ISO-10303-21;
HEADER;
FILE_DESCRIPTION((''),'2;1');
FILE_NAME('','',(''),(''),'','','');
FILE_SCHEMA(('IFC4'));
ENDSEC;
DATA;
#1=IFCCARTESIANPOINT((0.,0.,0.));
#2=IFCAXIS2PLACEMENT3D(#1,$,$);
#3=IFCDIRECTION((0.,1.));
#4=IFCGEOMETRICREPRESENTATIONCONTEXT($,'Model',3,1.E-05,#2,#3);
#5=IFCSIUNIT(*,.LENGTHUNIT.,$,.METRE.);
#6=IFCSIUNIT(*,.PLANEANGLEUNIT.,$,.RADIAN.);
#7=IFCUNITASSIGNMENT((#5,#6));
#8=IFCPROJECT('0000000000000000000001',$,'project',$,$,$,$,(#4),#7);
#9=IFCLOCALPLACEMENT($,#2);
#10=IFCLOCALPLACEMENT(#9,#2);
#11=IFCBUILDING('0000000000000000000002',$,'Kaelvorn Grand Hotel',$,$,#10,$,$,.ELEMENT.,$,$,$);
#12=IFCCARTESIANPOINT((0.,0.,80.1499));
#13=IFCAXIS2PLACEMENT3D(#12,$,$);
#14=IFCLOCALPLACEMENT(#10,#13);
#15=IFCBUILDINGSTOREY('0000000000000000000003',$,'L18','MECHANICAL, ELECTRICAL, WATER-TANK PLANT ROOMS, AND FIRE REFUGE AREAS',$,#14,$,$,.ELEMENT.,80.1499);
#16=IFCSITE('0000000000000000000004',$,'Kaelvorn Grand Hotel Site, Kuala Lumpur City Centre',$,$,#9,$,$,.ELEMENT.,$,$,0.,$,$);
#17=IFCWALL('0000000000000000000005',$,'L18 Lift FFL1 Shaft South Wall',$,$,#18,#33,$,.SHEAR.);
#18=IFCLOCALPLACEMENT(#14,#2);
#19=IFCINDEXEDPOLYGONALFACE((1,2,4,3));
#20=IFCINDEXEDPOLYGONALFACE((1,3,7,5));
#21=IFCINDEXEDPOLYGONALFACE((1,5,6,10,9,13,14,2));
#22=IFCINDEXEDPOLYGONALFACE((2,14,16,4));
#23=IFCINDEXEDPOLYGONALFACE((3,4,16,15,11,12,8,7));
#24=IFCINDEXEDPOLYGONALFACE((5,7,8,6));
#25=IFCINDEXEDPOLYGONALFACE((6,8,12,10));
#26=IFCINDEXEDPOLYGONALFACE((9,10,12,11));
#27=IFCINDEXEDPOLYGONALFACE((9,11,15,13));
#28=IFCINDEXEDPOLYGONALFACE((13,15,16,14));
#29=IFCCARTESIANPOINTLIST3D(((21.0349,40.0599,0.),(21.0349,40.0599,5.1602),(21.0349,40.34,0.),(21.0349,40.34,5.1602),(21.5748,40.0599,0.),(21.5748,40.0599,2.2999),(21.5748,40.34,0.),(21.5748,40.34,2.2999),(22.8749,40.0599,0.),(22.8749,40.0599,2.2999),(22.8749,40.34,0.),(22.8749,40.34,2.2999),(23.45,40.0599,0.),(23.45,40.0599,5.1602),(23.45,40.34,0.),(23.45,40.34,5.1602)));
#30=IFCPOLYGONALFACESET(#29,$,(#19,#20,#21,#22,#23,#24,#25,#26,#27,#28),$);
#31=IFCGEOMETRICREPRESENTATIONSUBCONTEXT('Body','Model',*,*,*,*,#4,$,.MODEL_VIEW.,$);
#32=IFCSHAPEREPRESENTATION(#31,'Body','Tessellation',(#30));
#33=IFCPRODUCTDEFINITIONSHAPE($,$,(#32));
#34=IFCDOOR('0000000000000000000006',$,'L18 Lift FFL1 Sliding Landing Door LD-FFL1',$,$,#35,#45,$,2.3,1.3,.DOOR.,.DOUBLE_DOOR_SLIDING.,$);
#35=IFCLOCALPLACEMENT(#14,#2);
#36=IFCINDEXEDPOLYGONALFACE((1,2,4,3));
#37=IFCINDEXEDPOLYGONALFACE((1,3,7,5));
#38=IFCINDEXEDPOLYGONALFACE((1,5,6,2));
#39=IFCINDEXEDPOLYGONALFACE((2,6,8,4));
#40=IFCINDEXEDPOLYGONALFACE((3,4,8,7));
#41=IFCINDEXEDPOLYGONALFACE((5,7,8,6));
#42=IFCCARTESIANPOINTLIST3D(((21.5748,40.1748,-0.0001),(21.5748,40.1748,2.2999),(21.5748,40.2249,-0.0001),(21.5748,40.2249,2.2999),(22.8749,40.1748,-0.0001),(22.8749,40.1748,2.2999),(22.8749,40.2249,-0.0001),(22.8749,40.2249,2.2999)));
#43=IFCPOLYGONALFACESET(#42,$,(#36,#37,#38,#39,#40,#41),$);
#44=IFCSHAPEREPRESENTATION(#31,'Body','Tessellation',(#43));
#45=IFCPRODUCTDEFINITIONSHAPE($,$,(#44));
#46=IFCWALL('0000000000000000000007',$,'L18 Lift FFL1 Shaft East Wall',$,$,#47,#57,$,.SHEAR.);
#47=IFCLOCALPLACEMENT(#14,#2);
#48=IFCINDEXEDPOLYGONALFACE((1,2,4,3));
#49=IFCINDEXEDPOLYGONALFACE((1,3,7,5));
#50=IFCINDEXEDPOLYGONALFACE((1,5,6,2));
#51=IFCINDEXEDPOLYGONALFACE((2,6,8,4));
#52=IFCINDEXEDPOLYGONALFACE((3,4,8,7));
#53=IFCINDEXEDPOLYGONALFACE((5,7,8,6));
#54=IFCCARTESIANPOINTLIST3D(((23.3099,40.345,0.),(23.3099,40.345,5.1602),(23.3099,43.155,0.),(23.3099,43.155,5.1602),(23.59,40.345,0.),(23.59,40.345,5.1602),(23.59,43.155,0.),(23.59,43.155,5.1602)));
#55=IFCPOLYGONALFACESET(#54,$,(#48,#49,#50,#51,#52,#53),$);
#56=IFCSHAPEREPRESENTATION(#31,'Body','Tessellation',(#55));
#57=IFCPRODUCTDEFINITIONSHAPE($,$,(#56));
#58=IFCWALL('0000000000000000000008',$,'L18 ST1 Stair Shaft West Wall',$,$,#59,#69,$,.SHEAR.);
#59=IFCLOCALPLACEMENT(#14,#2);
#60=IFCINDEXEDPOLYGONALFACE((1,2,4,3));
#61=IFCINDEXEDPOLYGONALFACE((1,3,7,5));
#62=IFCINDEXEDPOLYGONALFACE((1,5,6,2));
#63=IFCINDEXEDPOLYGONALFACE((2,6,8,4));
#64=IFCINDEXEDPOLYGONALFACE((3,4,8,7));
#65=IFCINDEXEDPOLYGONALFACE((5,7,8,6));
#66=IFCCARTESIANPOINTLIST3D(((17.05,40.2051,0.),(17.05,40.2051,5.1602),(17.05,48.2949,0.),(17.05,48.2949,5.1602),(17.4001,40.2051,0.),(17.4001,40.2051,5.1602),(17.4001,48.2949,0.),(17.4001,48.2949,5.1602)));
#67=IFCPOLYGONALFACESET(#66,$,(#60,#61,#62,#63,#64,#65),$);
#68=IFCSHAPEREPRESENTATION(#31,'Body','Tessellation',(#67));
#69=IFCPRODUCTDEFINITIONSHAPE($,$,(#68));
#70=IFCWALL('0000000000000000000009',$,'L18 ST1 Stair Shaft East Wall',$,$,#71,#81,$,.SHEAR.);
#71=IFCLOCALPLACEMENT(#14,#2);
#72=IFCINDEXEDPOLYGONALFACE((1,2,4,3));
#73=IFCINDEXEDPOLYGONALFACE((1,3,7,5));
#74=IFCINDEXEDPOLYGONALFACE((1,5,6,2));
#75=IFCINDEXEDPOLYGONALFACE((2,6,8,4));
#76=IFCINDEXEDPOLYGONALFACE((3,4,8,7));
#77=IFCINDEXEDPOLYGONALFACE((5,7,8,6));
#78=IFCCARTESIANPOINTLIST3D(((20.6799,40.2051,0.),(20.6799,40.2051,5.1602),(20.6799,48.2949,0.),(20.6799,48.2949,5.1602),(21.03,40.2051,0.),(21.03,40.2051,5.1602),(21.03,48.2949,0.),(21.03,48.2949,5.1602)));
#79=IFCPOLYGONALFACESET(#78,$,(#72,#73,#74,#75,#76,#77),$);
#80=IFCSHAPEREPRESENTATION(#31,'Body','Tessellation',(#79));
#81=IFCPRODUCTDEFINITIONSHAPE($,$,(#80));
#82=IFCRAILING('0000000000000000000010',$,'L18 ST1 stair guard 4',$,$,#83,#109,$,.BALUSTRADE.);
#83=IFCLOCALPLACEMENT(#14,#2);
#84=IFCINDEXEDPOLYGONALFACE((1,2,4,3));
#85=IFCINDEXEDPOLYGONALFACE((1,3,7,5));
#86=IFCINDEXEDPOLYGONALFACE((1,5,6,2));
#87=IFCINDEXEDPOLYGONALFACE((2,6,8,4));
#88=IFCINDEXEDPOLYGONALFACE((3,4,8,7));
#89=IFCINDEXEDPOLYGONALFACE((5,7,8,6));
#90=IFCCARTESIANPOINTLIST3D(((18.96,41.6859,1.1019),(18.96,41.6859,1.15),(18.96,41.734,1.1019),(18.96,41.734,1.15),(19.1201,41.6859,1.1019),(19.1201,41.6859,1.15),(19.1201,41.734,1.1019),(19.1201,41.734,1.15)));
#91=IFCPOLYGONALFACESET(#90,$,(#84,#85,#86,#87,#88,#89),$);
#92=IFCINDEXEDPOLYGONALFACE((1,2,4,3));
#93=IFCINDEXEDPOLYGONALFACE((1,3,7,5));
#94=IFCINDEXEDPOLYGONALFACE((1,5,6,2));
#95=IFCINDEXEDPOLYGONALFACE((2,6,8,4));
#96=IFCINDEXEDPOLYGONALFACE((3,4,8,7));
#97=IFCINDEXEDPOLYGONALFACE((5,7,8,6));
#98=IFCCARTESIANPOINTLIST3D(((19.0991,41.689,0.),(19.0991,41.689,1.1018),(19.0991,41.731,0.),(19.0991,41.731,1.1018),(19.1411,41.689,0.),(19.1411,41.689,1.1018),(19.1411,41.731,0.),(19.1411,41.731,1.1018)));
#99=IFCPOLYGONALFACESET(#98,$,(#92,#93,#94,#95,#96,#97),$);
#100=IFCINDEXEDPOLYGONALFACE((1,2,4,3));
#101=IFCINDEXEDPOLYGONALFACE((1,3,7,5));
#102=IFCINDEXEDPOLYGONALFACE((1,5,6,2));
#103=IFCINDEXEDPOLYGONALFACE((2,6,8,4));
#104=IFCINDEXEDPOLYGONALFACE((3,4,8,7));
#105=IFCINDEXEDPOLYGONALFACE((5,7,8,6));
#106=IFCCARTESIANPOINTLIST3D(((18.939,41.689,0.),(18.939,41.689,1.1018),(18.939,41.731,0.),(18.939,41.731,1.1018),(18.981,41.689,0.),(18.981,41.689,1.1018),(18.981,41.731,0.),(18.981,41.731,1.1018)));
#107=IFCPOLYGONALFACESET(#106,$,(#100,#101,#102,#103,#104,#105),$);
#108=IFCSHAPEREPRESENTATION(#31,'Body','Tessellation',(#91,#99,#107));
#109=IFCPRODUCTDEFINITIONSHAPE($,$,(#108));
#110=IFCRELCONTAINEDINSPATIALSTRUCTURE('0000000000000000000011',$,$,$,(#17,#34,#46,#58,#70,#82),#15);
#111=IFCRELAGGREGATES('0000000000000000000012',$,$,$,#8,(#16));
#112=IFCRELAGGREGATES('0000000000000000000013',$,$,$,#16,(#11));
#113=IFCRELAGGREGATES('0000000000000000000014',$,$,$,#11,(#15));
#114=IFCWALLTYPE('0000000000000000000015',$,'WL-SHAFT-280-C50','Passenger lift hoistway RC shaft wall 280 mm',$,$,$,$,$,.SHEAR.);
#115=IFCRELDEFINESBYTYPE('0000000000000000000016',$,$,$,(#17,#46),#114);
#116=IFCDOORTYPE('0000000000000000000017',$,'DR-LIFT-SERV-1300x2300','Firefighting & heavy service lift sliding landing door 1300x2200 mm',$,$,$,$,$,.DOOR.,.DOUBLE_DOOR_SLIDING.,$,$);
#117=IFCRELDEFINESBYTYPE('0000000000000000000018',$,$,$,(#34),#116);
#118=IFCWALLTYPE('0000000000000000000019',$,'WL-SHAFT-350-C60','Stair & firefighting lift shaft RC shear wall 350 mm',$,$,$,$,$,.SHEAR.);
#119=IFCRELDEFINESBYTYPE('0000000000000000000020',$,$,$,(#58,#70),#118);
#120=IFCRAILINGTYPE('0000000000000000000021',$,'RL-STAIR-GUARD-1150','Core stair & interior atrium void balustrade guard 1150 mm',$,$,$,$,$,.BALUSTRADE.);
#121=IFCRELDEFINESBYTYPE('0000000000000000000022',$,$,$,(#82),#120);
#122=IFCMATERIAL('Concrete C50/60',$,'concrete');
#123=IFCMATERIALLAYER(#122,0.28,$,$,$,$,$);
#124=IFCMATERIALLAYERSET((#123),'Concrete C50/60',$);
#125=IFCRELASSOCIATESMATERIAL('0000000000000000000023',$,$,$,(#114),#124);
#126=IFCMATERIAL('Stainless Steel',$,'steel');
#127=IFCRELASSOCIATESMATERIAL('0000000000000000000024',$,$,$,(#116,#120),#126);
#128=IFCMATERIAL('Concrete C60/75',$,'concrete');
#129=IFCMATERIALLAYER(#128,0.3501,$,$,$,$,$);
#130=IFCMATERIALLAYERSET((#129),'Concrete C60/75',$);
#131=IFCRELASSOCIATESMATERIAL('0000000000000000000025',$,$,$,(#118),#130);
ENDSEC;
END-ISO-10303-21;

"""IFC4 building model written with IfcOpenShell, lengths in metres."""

from ifc_helpers import new_model, si_unit, direction, frame, frame_2d, origin, origin_2d, place, context, subcontext, project, spatial, rectangle, extrude, material, layer, layer_set, type_object, element, fill, save


model = new_model("IFC4")

# Units and contexts
model_context = context("Model", 3, precision=1e-05, world=origin(), true_north=direction((0.0, 1.0)))
body_context = subcontext(model_context, "Body", "Model", "MODEL_VIEW")
ifc_project = project(units=[si_unit("LENGTHUNIT", "METRE"), si_unit("PLANEANGLEUNIT", "RADIAN")], contexts=[model_context])

# Site, building, storey
site_placement = place(None, origin())
site = spatial("IfcSite", under=ifc_project, at=site_placement, Name="Kaelvorn Grand Hotel Site, Kuala Lumpur City Centre", CompositionType="ELEMENT", RefElevation=0.0)
building_placement = place(site_placement, origin())
building = spatial("IfcBuilding", under=site, at=building_placement, Name="Kaelvorn Grand Hotel", CompositionType="ELEMENT")
storey_placement = place(building_placement, frame((0.0, 0.0, 80.1499)))
storey = spatial("IfcBuildingStorey", under=building, at=storey_placement, Name="L18", Description="MECHANICAL, ELECTRICAL, WATER-TANK PLANT ROOMS, AND FIRE REFUGE AREAS", CompositionType="ELEMENT", Elevation=80.1499)

# Shared definitions
ifc_material_1 = material(Name="Concrete C60/75", Category="concrete")

# Wall, opening, door
ifc_material_2 = material(Name="Concrete C50/60", Category="concrete")
ifc_layer_1 = layer(ifc_material_2, 0.28)
ifc_layer_set_1 = layer_set([ifc_layer_1], Name="Concrete C50/60")
wall_type_1 = type_object("IfcWallType", Name="WL-SHAFT-280-C50", Description="Passenger lift hoistway RC shaft wall 280 mm", PredefinedType="SHEAR", material=ifc_layer_set_1)
wall_1_placement = place(storey_placement, frame((21.0349, 40.2, 0.0), z_axis=(0.0, 0.0, 1.0), x_axis=(1.0, 0.0, 0.0)))
wall_1 = element("IfcWall", 1, at=wall_1_placement, inside=storey, type_object=wall_type_1, Name="L18 Lift FFL1 Shaft South Wall", PredefinedType="SHEAR", context=body_context, shape_type="SweptSolid", body=[
    extrude(rectangle(XDim=2.415, YDim=0.28, at=frame_2d((1.2075, 0.0))), origin(), (0.0, 0.0, 1.0), 5.1602),
])
opening_1_placement = place(wall_1_placement, frame((0.54, 0.0, 0.0)))
opening_1 = element("IfcOpeningElement", 2, at=opening_1_placement, cuts=wall_1, PredefinedType="OPENING", context=body_context, shape_type="SweptSolid", body=[
    extrude(rectangle(XDim=1.3, YDim=2.3, at=frame_2d((0.6499, 1.1499))), frame((0.0, 0.1499, 0.0), z_axis=(0.0, -1.0, 0.0), x_axis=(1.0, 0.0, 0.0)), (0.0, 0.0, 1.0), 0.3),
])
ifc_material_3 = material(Name="Stainless Steel", Category="steel")
door_type_1 = type_object("IfcDoorType", Name="DR-LIFT-SERV-1300x2300", Description="Firefighting & heavy service lift sliding landing door 1300x2200 mm", OperationType="DOUBLE_DOOR_SLIDING", PredefinedType="DOOR", material=ifc_material_3)
door_1_placement = place(opening_1_placement, origin())
door_1 = element("IfcDoor", 3, at=door_1_placement, inside=storey, type_object=door_type_1, Name="L18 Lift FFL1 Sliding Landing Door LD-FFL1", OperationType="DOUBLE_DOOR_SLIDING", OverallHeight=2.3, OverallWidth=1.3, PredefinedType="DOOR", context=body_context, shape_type="SweptSolid", body=[
    extrude(rectangle(XDim=1.3, YDim=2.3, at=frame_2d((0.6499, 1.1499))), frame((0.0, 0.0249, 0.0), z_axis=(0.0, -1.0, 0.0), x_axis=(1.0, 0.0, 0.0)), (0.0, 0.0, 1.0), 0.05),
])
fill(opening_1, door_1)

# Wall
wall_2_placement = place(storey_placement, frame((23.45, 40.345, 0.0), z_axis=(0.0, 0.0, 1.0), x_axis=(0.0, 1.0, 0.0)))
element("IfcWall", 4, at=wall_2_placement, inside=storey, type_object=wall_type_1, Name="L18 Lift FFL1 Shaft East Wall", PredefinedType="SHEAR", context=body_context, shape_type="SweptSolid", body=[
    extrude(rectangle(XDim=2.8101, YDim=0.28, at=frame_2d((1.405, 0.0))), origin(), (0.0, 0.0, 1.0), 5.1602),
])

# Shared definitions
ifc_layer_2 = layer(ifc_material_1, 0.3501)
ifc_layer_set_2 = layer_set([ifc_layer_2], Name="Concrete C60/75")
wall_type_2 = type_object("IfcWallType", Name="WL-SHAFT-350-C60", Description="Stair & firefighting lift shaft RC shear wall 350 mm", PredefinedType="SHEAR", material=ifc_layer_set_2)

# Walls
for number, where, z_axis, x_axis, name in (
    (5, (17.2251, 40.2051, 0.0), (0.0, 0.0, 1.0), (0.0, 1.0, 0.0), "L18 ST1 Stair Shaft West Wall"),
    (6, (20.855, 40.2051, 0.0), (0.0, 0.0, 1.0), (0.0, 1.0, 0.0), "L18 ST1 Stair Shaft East Wall"),
):
    element("IfcWall", number, at=place(storey_placement, frame(where, z_axis=z_axis, x_axis=x_axis)), inside=storey, type_object=wall_type_2, Name=name, PredefinedType="SHEAR", context=body_context, shape_type="SweptSolid", body=[
        extrude(rectangle(XDim=8.0898, YDim=0.3501, at=frame_2d((4.0449, 0.0))), origin(), (0.0, 0.0, 1.0), 5.1602),
    ])

# Railing
railing_type = type_object("IfcRailingType", Name="RL-STAIR-GUARD-1150", Description="Core stair & interior atrium void balustrade guard 1150 mm", PredefinedType="BALUSTRADE", material=ifc_material_3)
railing_placement = place(storey_placement, frame((19.1201, 41.71, 0.0)))
element("IfcRailing", 7, at=railing_placement, inside=storey, type_object=railing_type, Name="L18 ST1 stair guard 4", PredefinedType="BALUSTRADE", context=body_context, shape_type="SweptSolid", body=[
    extrude(rectangle(XDim=0.0481, YDim=0.0481, at=origin_2d()), frame((0.0, 0.0, 1.126), z_axis=(-1.0, 0.0, 0.0), x_axis=(0.0, -1.0, 0.0)), (0.0, 0.0, 1.0), 0.1602),
    extrude(rectangle(XDim=0.042, YDim=0.042, at=origin_2d()), origin(), (0.0, 0.0, 1.0), 1.1018),
    extrude(rectangle(XDim=0.042, YDim=0.042, at=origin_2d()), frame((-0.1602, 0.0, 0.0)), (0.0, 0.0, 1.0), 1.1018),
])

save(model, "model.ifc")
